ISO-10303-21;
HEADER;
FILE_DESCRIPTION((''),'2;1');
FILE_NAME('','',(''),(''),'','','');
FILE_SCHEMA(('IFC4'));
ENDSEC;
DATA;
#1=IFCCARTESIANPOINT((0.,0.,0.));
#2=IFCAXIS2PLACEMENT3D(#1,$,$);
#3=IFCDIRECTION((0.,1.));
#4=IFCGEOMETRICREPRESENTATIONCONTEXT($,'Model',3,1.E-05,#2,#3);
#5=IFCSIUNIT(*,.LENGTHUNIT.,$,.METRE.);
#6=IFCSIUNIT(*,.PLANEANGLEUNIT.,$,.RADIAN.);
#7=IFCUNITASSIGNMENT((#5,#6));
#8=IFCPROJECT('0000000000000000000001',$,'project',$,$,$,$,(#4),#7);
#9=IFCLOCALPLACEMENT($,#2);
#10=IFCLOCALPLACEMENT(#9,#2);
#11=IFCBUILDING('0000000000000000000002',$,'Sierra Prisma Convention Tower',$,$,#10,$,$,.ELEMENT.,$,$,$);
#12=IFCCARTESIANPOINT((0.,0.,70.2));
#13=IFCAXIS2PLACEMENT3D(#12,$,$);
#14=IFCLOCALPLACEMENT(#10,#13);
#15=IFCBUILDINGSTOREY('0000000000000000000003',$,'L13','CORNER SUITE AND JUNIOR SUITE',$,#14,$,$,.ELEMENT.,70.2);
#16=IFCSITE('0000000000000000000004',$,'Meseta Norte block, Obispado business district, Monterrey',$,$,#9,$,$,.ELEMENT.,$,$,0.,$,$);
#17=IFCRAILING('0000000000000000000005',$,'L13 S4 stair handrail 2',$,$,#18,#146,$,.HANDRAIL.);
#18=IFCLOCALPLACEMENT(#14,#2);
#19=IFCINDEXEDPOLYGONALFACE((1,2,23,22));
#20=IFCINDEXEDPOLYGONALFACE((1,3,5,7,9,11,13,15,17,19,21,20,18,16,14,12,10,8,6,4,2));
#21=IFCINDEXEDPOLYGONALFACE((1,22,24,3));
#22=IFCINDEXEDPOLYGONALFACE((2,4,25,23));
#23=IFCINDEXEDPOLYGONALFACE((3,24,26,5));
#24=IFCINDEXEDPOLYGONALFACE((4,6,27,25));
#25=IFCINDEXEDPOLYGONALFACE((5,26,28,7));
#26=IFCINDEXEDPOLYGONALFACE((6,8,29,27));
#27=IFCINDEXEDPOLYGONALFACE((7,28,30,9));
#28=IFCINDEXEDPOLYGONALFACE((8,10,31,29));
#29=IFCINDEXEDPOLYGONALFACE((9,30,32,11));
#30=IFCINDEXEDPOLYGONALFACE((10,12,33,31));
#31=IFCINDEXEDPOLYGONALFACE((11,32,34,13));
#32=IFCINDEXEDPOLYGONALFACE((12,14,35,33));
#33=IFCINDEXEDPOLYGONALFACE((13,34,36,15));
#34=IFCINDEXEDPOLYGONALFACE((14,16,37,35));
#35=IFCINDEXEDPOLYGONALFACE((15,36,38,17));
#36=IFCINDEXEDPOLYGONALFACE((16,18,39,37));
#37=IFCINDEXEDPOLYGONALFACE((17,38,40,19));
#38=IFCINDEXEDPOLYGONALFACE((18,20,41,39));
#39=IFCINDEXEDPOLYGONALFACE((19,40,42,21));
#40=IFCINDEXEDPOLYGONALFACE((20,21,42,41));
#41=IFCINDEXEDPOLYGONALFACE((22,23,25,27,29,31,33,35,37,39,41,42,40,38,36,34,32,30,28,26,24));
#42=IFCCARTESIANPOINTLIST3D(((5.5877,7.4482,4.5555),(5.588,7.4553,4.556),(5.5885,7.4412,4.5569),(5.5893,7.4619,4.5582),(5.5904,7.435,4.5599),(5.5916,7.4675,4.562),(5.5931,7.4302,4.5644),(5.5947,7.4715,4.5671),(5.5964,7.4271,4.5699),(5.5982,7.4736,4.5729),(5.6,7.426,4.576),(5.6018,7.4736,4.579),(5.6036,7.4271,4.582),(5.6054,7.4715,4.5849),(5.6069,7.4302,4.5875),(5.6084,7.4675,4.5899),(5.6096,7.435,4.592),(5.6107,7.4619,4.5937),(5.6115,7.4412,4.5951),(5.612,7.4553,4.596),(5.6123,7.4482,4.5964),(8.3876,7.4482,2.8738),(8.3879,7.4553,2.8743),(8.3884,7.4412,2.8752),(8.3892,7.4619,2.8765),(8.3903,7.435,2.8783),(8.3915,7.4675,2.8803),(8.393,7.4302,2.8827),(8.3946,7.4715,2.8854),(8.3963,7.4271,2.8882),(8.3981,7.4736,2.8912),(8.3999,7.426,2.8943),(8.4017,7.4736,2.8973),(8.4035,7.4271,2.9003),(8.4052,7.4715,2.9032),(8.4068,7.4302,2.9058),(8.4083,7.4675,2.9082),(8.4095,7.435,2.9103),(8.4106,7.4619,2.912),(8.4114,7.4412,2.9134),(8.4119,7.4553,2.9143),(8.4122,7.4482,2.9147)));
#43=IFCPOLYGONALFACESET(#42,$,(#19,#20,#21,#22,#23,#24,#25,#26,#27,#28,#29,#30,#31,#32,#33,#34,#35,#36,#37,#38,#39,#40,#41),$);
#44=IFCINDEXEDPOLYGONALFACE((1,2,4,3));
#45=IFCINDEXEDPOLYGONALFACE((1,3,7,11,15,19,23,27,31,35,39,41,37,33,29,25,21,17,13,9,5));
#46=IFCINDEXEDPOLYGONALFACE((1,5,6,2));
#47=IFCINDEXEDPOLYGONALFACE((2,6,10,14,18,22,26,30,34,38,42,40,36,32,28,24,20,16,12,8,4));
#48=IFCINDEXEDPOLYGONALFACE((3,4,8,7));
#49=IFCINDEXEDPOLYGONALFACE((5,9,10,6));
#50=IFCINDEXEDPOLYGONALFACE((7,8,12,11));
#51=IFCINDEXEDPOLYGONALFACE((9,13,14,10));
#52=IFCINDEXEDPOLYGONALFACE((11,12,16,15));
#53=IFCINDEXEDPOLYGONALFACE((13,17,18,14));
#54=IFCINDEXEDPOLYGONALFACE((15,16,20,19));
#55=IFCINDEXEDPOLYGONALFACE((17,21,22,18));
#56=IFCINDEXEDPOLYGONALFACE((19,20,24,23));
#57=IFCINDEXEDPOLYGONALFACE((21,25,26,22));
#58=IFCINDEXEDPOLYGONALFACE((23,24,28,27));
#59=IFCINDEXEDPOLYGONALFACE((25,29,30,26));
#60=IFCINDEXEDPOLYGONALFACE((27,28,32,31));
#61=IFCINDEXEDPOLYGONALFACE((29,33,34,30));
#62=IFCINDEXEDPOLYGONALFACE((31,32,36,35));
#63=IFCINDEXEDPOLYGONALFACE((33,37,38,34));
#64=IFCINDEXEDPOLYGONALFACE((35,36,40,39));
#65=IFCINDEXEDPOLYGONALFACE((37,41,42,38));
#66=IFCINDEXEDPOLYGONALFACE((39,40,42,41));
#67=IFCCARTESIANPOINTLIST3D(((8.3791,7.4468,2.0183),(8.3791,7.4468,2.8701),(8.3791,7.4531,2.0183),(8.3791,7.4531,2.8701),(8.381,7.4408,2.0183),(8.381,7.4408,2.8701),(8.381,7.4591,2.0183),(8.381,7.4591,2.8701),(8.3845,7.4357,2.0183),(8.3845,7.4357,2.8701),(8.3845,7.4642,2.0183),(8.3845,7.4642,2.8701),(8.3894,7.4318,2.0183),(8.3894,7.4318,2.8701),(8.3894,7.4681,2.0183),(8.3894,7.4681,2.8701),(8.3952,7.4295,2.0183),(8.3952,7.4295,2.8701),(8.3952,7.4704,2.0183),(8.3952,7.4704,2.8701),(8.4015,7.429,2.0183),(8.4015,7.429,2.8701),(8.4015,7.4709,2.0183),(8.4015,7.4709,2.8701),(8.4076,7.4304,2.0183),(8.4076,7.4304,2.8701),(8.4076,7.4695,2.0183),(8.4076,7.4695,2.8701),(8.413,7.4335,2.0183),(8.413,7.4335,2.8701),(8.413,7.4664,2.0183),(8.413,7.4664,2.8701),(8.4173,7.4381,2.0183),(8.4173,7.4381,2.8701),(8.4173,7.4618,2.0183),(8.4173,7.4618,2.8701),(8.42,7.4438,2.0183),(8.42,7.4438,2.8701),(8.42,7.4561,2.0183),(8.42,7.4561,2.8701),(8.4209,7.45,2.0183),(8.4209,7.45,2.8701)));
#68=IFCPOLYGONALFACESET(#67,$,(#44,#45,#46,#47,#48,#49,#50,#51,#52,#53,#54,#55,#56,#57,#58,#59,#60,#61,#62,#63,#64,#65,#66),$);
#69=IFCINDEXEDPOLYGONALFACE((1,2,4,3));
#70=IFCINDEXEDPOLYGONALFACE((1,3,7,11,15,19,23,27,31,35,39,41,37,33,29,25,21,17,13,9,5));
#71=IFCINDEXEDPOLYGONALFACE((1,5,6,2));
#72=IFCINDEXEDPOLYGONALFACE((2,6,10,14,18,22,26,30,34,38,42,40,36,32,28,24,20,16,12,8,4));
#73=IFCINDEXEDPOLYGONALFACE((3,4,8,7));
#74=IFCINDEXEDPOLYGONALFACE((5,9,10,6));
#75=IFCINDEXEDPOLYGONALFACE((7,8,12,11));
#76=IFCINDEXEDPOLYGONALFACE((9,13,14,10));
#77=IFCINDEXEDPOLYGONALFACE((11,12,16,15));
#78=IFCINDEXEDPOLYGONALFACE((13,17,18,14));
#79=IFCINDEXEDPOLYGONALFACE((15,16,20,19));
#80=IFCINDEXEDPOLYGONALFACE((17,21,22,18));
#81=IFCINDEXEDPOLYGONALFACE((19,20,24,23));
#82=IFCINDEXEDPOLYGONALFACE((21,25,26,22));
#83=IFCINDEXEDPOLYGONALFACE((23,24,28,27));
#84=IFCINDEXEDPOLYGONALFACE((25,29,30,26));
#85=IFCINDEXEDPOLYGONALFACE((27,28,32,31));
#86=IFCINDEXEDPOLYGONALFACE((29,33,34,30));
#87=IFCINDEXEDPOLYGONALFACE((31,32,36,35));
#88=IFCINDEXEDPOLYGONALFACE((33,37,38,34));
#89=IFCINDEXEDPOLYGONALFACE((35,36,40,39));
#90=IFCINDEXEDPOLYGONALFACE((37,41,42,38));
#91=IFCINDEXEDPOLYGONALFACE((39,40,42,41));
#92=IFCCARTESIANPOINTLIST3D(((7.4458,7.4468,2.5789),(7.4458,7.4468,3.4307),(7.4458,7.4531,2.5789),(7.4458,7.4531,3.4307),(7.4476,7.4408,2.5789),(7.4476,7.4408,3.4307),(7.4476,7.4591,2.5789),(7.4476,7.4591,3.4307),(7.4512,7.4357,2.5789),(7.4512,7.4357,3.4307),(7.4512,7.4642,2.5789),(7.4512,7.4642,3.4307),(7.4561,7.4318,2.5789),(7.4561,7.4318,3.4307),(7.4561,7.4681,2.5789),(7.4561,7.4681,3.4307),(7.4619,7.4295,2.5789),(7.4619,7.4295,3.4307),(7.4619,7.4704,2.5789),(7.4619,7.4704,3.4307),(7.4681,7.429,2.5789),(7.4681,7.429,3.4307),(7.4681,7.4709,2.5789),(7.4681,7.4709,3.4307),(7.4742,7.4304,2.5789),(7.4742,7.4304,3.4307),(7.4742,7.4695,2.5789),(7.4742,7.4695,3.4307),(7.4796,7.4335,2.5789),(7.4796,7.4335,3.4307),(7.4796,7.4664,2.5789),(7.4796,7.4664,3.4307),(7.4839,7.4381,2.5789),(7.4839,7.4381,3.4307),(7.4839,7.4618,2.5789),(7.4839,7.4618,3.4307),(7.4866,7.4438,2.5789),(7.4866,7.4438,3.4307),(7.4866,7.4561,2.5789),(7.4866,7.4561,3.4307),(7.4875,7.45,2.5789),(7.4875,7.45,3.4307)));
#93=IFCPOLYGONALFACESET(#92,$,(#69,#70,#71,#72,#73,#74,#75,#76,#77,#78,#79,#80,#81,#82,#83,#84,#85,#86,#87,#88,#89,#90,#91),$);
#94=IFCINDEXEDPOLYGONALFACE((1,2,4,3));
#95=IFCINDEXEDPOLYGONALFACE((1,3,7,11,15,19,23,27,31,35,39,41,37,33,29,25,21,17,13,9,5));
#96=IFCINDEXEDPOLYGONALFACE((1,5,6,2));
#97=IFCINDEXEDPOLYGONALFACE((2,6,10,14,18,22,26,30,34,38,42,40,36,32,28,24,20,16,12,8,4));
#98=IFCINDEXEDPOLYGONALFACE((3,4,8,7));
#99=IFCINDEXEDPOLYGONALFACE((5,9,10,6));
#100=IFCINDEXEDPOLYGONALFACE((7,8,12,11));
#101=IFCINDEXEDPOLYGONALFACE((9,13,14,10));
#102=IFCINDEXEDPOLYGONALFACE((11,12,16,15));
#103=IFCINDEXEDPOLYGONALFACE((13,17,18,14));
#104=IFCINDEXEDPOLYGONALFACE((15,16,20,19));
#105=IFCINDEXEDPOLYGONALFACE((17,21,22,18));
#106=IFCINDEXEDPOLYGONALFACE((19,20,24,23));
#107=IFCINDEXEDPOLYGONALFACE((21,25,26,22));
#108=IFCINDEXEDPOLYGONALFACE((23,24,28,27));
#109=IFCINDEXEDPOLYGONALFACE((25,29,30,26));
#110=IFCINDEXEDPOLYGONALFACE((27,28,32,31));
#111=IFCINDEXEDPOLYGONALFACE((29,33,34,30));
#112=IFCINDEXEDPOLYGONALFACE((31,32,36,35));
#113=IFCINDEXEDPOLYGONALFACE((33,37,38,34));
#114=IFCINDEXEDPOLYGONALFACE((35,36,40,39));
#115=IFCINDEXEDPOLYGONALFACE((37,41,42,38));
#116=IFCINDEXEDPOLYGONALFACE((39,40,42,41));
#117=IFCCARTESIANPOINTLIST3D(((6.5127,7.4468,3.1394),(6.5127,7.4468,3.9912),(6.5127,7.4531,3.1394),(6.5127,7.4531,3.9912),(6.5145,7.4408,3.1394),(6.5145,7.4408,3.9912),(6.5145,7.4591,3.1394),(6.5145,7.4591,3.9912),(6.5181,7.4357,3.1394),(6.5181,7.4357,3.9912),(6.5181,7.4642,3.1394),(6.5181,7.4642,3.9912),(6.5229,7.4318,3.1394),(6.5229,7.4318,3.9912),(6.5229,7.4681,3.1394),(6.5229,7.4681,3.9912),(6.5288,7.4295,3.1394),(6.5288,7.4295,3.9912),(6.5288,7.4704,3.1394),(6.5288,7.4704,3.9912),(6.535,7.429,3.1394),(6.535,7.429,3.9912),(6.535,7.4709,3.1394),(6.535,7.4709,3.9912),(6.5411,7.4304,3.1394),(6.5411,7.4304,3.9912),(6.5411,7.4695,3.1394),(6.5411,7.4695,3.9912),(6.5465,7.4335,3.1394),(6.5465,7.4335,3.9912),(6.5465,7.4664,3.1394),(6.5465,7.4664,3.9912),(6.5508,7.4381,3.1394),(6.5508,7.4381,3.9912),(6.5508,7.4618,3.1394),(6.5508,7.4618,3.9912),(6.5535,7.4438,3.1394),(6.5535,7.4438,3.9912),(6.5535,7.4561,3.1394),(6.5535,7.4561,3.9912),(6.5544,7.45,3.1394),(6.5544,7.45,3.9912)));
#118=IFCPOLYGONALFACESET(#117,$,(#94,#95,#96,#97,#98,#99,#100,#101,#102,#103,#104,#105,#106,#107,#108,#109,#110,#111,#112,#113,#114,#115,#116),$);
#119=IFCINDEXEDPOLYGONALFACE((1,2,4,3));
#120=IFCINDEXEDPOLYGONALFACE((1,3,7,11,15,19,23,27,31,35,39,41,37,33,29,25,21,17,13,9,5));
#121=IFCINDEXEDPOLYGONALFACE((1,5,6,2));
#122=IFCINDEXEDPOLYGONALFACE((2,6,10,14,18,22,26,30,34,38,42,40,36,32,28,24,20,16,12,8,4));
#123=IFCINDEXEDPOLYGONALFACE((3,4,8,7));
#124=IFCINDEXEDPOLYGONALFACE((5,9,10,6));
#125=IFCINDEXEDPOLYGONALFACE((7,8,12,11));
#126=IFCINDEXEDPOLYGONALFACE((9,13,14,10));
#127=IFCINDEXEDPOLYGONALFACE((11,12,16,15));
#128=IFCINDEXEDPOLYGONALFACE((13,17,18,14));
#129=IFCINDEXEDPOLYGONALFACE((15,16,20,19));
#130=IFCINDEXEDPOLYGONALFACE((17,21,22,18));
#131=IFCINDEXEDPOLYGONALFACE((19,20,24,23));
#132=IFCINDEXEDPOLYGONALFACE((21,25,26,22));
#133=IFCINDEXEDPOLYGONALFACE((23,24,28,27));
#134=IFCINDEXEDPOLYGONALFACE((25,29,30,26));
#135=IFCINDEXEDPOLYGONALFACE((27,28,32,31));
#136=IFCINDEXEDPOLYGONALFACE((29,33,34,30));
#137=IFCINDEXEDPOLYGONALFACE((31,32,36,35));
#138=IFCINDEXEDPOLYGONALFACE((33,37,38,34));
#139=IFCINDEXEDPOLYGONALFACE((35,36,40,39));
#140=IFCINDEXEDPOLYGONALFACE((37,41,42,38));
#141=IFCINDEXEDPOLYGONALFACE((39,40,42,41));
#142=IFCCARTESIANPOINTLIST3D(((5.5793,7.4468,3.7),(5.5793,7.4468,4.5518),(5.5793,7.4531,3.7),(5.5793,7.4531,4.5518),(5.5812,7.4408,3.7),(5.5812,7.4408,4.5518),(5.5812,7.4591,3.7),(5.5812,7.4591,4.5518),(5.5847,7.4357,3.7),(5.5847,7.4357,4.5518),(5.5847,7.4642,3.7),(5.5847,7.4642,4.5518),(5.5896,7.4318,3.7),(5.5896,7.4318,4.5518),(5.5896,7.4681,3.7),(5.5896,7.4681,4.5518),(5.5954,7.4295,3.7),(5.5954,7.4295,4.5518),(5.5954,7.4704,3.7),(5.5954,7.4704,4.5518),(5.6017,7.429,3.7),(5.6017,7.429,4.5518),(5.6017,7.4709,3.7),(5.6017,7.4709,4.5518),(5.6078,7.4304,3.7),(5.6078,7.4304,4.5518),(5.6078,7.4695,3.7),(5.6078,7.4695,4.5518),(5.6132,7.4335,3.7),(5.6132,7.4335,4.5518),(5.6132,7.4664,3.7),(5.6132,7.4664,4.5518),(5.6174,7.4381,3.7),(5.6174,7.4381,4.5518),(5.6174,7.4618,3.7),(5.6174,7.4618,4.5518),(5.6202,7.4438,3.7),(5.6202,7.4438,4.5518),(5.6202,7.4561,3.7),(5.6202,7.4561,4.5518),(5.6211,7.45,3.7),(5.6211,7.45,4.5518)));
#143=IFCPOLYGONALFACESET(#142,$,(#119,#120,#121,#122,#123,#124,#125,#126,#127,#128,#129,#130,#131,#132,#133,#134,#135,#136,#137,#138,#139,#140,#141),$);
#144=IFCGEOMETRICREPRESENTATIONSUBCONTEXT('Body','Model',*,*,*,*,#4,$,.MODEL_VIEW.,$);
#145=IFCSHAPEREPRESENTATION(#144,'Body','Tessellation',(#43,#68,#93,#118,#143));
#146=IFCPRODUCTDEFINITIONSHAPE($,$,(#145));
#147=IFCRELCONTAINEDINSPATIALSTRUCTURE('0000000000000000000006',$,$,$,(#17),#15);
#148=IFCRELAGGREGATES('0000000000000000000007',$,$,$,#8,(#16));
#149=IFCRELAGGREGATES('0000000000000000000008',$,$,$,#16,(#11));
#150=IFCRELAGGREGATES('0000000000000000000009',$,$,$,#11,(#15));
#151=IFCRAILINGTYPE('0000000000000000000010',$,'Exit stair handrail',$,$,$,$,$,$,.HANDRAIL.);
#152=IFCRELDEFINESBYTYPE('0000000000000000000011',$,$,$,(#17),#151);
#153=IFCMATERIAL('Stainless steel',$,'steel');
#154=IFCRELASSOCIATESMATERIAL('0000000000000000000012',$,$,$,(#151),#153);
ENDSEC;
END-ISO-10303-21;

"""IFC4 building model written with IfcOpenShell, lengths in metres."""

from ifc_helpers import new_model, si_unit, direction, frame, origin, origin_2d, place, context, subcontext, project, spatial, circle, extrude, material, type_object, element, save


model = new_model("IFC4")

# Units and contexts
model_context = context("Model", 3, precision=1e-05, world=origin(), true_north=direction((0.0, 1.0)))
body_context = subcontext(model_context, "Body", "Model", "MODEL_VIEW")
ifc_project = project(units=[si_unit("LENGTHUNIT", "METRE"), si_unit("PLANEANGLEUNIT", "RADIAN")], contexts=[model_context])

# Site, building, storey
site_placement = place(None, origin())
site = spatial("IfcSite", under=ifc_project, at=site_placement, Name="Meseta Norte block, Obispado business district, Monterrey", CompositionType="ELEMENT", RefElevation=0.0)
building_placement = place(site_placement, origin())
building = spatial("IfcBuilding", under=site, at=building_placement, Name="Sierra Prisma Convention Tower", CompositionType="ELEMENT")
storey_placement = place(building_placement, frame((0.0, 0.0, 70.2)))
storey = spatial("IfcBuildingStorey", under=building, at=storey_placement, Name="L13", Description="CORNER SUITE AND JUNIOR SUITE", CompositionType="ELEMENT", Elevation=70.2)

# Railing
ifc_material_1 = material(Name="Stainless steel", Category="steel")
railing_type_1 = type_object("IfcRailingType", Name="Exit stair handrail", PredefinedType="HANDRAIL", material=ifc_material_1)
railing_1_placement = place(storey_placement, frame((8.3999, 7.45, 2.0183)))
element("IfcRailing", 1, at=railing_1_placement, inside=storey, type_object=railing_type_1, Name="L13 S4 stair handrail 2", PredefinedType="HANDRAIL", context=body_context, shape_type="SweptSolid", body=[
    extrude(circle(Radius=0.0239, at=origin_2d()), frame((0.0, 0.0, 0.876), z_axis=(-0.857255, 0.0, 0.514891), x_axis=(0.0, -1.0, 0.0)), (0.0, 0.0, 1.0), 3.2661),
    extrude(circle(Radius=0.021, at=origin_2d()), origin(), (0.0, 0.0, 1.0), 0.8518),
    extrude(circle(Radius=0.021, at=origin_2d()), frame((-0.9333, 0.0, 0.5605)), (0.0, 0.0, 1.0), 0.8518),
    extrude(circle(Radius=0.021, at=origin_2d()), frame((-1.8665, 0.0, 1.1211)), (0.0, 0.0, 1.0), 0.8518),
    extrude(circle(Radius=0.021, at=origin_2d()), frame((-2.7998, 0.0, 1.6816)), (0.0, 0.0, 1.0), 0.8518),
])

save(model, "model.ifc")
